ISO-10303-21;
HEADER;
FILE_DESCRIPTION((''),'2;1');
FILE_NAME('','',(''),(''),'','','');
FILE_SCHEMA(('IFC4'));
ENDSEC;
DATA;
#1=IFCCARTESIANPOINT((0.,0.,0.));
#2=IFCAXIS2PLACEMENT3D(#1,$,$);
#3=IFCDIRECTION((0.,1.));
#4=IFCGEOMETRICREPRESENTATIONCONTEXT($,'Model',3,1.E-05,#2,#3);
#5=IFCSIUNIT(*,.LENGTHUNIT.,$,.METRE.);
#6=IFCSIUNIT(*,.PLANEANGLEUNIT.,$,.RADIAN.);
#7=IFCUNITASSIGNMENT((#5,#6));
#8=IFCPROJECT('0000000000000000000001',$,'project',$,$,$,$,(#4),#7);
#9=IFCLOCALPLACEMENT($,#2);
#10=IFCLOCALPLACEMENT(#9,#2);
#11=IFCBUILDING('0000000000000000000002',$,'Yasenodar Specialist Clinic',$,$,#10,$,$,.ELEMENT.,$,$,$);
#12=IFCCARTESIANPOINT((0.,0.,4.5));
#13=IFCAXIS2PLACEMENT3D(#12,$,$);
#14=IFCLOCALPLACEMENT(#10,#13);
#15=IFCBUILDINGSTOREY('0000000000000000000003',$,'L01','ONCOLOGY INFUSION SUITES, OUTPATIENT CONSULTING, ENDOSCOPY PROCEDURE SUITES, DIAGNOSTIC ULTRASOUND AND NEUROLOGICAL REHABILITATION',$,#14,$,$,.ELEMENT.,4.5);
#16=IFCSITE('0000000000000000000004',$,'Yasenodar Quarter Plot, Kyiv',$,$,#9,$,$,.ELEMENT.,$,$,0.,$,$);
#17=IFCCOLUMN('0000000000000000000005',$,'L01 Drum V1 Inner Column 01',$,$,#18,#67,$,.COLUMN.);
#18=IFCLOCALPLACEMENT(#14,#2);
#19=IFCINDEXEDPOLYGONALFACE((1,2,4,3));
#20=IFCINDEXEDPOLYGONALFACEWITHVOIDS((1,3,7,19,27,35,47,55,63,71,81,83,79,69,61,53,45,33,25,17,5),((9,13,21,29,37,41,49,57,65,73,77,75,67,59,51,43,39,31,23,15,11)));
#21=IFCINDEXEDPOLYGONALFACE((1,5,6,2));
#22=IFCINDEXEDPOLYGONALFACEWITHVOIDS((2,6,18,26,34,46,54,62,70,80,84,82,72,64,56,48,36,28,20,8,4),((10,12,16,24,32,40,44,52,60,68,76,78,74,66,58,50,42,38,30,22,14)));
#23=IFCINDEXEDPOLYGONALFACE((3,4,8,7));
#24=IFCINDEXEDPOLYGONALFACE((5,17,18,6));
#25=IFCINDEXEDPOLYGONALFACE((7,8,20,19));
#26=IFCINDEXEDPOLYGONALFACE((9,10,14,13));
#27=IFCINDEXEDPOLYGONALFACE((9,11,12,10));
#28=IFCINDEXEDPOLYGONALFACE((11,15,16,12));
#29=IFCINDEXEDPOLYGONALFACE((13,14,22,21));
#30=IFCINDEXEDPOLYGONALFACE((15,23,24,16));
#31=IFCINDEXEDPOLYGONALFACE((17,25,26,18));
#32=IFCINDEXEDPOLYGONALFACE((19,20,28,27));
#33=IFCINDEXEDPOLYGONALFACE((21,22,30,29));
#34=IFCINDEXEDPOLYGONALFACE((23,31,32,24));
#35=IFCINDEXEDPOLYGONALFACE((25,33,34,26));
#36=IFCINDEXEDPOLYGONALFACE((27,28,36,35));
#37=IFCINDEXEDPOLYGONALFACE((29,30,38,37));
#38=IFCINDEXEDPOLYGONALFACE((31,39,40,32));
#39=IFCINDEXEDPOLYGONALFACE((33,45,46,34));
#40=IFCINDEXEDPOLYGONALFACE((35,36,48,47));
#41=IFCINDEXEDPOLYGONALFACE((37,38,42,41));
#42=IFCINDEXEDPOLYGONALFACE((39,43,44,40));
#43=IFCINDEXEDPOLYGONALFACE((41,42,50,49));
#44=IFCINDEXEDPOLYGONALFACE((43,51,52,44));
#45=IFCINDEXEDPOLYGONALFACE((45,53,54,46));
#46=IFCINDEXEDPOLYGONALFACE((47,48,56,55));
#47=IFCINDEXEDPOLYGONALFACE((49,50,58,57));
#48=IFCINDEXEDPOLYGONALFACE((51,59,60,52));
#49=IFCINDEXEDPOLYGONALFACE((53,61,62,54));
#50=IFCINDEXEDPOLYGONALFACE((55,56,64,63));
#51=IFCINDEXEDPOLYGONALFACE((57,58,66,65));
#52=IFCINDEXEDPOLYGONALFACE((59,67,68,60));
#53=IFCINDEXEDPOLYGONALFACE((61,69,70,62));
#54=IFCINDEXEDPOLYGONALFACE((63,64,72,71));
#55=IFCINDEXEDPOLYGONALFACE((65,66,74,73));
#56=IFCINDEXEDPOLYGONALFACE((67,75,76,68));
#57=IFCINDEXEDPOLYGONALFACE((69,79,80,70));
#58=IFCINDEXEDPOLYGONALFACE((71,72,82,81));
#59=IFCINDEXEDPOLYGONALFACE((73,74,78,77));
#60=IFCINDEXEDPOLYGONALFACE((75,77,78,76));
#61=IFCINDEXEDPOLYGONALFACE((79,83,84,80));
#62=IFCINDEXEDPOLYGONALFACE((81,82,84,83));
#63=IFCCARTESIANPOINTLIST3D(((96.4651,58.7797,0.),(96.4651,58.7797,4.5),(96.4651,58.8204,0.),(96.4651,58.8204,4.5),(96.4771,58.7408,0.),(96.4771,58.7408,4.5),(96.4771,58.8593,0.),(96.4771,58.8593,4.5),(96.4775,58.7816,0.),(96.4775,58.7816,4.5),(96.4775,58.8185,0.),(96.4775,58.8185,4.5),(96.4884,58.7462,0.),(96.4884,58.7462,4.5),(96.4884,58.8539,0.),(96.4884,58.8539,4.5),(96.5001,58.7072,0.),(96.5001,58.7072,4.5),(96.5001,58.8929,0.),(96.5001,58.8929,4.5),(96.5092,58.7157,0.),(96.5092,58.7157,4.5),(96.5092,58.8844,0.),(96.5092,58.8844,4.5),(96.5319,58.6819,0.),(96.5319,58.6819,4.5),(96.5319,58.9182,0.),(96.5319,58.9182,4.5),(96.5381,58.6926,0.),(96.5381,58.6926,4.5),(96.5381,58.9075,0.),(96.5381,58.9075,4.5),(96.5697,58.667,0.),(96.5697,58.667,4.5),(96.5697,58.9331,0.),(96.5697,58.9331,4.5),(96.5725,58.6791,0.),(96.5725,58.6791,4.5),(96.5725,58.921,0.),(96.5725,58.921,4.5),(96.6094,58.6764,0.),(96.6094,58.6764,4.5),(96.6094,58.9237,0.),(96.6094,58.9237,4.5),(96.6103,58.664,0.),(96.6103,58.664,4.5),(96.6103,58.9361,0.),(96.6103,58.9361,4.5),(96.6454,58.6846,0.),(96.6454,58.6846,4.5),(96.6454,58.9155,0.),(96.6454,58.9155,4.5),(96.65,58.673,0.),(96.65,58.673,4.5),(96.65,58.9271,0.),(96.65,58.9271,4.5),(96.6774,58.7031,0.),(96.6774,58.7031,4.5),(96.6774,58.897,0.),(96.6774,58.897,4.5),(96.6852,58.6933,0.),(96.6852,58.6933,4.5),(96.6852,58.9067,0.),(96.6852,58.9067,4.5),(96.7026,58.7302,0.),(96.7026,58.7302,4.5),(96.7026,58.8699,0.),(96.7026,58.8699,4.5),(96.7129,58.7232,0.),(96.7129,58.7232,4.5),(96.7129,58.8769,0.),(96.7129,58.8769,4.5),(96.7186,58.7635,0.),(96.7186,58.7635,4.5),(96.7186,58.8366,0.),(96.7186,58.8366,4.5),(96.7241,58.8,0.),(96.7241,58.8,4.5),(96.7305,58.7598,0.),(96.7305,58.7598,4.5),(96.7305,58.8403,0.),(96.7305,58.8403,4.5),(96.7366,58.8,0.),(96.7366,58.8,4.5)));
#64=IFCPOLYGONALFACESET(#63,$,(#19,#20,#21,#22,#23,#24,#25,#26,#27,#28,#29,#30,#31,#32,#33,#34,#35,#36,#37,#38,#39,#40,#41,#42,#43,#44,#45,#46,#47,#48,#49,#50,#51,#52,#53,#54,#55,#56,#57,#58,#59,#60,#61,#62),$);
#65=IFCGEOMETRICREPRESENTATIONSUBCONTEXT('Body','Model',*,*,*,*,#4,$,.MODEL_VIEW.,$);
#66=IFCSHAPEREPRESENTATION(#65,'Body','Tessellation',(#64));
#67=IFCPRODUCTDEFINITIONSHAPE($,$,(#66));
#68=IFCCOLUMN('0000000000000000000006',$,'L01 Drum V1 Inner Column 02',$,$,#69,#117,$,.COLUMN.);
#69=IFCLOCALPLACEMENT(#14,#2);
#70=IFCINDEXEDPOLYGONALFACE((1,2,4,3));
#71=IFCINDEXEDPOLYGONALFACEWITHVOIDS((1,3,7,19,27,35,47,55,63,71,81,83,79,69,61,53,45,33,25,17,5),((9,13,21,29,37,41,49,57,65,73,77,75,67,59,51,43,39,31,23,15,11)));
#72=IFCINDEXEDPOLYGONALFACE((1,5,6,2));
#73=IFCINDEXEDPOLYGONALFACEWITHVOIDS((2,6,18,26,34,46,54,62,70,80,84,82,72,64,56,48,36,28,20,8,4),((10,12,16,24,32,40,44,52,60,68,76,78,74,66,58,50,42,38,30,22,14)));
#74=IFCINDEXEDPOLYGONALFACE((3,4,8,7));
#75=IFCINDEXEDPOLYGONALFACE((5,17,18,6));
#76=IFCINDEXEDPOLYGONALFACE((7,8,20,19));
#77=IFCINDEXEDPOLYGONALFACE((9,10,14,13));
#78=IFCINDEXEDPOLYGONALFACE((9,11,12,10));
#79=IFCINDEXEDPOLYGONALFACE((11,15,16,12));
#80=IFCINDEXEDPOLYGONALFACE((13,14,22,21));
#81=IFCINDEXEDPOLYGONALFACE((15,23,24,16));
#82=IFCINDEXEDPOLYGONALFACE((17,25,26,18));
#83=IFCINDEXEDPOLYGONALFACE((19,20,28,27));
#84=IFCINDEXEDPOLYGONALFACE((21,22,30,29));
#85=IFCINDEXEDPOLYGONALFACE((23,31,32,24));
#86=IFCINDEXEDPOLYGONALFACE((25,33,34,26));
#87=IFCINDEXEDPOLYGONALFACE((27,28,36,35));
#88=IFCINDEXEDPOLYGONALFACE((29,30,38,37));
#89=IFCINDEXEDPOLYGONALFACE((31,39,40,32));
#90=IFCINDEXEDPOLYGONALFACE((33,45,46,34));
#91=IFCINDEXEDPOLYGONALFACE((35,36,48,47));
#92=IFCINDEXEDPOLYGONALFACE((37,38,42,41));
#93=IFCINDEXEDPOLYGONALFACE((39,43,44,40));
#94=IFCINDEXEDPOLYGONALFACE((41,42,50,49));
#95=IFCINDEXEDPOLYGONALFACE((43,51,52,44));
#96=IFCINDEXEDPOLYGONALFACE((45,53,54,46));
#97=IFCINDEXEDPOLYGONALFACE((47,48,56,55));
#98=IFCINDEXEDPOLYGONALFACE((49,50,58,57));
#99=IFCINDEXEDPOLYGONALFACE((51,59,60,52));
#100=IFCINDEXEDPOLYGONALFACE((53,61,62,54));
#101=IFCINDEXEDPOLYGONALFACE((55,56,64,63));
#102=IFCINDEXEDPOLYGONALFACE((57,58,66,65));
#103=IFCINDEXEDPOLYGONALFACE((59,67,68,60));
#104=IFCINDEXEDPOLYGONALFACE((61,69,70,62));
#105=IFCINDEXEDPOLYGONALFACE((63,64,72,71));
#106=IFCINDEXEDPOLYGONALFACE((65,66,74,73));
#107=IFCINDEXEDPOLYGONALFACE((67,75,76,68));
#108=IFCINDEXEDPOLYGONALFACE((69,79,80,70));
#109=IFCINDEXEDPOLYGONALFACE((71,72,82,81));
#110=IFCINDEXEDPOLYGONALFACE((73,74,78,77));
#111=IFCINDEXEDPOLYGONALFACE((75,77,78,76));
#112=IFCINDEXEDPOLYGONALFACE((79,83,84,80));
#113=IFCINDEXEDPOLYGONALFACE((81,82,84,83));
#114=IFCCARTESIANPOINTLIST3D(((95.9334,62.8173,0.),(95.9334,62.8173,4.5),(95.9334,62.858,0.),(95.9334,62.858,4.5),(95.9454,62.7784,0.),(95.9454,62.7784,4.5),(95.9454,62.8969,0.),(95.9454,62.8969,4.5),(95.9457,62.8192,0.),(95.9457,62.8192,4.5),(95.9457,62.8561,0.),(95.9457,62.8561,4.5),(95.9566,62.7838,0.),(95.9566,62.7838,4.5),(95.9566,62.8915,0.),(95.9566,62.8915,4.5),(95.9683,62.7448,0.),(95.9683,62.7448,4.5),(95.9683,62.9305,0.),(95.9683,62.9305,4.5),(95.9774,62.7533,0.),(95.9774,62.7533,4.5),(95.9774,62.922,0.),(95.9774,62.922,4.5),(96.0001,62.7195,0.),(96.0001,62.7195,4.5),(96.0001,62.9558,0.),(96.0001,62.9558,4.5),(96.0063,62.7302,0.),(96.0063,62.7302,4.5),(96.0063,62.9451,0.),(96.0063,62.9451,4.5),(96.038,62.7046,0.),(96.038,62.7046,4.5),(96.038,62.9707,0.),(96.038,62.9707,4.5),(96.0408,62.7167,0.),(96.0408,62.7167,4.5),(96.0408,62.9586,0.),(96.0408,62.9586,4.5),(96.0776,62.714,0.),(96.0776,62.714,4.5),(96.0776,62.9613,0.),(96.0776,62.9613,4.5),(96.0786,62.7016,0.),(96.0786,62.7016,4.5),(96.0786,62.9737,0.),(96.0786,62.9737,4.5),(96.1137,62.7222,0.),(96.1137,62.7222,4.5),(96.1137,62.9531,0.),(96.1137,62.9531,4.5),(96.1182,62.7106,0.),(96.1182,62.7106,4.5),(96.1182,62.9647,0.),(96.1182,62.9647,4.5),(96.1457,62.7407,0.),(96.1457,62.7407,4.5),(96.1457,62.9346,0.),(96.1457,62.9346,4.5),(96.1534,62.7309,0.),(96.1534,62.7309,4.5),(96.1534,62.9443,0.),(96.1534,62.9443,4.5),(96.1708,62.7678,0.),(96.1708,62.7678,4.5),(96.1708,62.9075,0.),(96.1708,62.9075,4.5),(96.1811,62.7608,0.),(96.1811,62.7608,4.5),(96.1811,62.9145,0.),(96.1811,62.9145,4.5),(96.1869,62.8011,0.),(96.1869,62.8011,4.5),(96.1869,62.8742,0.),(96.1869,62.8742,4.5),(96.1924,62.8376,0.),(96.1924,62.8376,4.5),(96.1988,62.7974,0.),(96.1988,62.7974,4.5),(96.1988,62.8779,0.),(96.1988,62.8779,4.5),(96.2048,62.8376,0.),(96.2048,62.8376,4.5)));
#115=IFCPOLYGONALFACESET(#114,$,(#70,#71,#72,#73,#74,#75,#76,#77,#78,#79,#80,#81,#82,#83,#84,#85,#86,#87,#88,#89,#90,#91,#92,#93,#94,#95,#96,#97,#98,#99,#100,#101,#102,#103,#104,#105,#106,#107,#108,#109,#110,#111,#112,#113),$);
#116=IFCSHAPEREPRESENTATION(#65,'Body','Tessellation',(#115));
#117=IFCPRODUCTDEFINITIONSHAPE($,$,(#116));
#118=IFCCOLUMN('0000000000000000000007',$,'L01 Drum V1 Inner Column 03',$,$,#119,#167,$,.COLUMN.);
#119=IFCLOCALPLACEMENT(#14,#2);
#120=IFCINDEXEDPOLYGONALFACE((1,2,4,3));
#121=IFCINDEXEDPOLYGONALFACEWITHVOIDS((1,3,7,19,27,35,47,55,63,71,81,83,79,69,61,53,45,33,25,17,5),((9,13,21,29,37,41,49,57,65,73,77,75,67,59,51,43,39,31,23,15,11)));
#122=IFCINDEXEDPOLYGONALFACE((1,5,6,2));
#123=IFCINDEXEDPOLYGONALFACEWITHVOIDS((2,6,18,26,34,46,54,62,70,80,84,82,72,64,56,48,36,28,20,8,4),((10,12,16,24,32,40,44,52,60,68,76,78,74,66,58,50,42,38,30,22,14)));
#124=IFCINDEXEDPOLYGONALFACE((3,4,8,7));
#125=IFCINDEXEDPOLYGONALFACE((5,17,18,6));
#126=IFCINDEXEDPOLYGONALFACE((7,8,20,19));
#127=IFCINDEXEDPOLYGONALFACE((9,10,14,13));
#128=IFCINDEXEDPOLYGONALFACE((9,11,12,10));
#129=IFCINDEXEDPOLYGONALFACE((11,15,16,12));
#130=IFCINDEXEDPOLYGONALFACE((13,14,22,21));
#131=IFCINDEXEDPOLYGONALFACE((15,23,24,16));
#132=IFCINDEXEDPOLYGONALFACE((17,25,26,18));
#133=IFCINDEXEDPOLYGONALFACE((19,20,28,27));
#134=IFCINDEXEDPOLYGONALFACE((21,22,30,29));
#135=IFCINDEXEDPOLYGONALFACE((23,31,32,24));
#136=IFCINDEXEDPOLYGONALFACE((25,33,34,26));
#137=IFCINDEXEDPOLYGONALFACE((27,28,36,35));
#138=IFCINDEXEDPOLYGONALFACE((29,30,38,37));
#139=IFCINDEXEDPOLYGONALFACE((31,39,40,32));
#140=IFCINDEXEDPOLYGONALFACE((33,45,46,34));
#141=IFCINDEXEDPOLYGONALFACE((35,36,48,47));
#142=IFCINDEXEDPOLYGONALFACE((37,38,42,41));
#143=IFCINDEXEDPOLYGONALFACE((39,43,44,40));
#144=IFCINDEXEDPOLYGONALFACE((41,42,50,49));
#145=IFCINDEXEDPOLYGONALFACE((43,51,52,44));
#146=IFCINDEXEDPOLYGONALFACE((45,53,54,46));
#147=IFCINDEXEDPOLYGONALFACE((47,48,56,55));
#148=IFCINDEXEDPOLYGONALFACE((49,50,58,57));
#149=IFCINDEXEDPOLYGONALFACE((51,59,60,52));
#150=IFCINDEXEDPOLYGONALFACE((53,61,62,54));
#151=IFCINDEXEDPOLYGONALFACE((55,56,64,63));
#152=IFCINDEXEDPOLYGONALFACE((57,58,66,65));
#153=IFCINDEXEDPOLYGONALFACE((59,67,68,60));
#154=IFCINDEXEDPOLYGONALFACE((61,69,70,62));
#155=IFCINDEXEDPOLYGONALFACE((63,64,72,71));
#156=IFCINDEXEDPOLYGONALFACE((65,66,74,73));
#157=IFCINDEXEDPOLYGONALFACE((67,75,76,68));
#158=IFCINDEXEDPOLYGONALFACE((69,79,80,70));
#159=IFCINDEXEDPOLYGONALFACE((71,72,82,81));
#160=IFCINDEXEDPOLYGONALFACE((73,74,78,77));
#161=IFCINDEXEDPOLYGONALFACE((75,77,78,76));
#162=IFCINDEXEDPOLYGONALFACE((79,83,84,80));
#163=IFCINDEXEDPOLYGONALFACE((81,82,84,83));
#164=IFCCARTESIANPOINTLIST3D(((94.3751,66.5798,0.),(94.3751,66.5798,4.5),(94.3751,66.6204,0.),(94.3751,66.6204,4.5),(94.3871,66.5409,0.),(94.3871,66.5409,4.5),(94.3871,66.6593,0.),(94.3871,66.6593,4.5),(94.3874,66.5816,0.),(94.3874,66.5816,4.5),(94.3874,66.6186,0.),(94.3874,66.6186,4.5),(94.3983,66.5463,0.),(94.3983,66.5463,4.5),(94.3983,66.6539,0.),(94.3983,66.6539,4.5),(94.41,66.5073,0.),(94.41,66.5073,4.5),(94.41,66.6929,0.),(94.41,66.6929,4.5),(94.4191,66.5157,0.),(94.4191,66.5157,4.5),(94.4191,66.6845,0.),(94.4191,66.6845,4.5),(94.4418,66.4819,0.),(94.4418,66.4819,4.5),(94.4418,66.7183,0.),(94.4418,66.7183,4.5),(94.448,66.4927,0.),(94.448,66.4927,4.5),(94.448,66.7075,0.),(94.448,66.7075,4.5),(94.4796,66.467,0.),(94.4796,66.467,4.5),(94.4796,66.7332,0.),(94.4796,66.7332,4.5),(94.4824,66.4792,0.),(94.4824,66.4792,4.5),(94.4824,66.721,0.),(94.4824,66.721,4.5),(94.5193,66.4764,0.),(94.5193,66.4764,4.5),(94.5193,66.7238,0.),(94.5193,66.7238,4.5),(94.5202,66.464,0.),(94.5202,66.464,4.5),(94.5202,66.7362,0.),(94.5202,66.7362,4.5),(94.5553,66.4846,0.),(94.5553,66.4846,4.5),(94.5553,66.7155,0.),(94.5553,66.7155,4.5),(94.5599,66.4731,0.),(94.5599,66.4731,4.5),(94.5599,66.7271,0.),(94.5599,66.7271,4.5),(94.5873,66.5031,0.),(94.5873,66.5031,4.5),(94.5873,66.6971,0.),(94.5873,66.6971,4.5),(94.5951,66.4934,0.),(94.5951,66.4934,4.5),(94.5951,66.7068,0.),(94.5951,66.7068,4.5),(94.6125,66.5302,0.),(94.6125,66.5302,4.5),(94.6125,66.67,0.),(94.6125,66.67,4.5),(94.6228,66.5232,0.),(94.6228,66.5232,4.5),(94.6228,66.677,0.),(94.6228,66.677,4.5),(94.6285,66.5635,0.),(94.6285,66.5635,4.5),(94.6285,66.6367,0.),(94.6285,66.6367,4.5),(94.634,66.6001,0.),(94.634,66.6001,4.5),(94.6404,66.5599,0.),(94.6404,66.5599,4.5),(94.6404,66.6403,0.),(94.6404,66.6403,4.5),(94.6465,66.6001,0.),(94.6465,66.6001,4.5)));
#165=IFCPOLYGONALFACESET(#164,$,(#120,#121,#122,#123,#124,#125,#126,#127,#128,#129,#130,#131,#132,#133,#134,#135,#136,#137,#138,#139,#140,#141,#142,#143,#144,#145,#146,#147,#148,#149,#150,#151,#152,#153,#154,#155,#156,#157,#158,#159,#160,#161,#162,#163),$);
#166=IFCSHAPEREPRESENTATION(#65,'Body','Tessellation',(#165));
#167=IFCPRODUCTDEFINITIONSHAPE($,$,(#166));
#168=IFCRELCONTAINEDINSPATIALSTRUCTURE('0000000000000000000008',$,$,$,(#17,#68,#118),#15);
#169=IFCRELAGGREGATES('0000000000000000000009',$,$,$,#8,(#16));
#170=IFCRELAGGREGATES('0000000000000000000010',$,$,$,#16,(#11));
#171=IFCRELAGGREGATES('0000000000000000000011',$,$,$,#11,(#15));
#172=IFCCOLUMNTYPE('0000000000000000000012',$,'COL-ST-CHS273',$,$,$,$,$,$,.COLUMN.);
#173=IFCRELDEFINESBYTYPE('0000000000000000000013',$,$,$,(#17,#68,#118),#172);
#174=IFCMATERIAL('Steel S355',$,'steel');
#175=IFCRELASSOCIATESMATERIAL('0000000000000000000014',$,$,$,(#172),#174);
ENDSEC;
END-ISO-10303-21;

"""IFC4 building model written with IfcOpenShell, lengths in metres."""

from ifc_helpers import new_model, si_unit, direction, frame, origin, origin_2d, place, context, subcontext, project, spatial, hollow_circle, extrude, material, material_profile, profile_set, type_object, element, save


model = new_model("IFC4")

# Units and contexts
model_context = context("Model", 3, precision=1e-05, world=origin(), true_north=direction((0.0, 1.0)))
body_context = subcontext(model_context, "Body", "Model", "MODEL_VIEW")
ifc_project = project(units=[si_unit("LENGTHUNIT", "METRE"), si_unit("PLANEANGLEUNIT", "RADIAN")], contexts=[model_context])

# Site, building, storey
site_placement = place(None, origin())
site = spatial("IfcSite", under=ifc_project, at=site_placement, Name="Yasenodar Quarter Plot, Kyiv", CompositionType="ELEMENT", RefElevation=0.0)
building_placement = place(site_placement, origin())
building = spatial("IfcBuilding", under=site, at=building_placement, Name="Yasenodar Specialist Clinic", CompositionType="ELEMENT")
storey_placement = place(building_placement, frame((0.0, 0.0, 4.5)))
storey = spatial("IfcBuildingStorey", under=building, at=storey_placement, Name="L01", Description="ONCOLOGY INFUSION SUITES, OUTPATIENT CONSULTING, ENDOSCOPY PROCEDURE SUITES, DIAGNOSTIC ULTRASOUND AND NEUROLOGICAL REHABILITATION", CompositionType="ELEMENT", Elevation=4.5)

# Columns
ifc_material_1 = material(Name="Steel S355", Category="steel")
ifc_material_profile_1 = material_profile(ifc_material_1, hollow_circle(Radius=0.1365, WallThickness=0.0125, at=origin_2d()), Name="CHS 273x12.5")
ifc_profile_set_1 = profile_set([ifc_material_profile_1], Name="Steel S355")
column_type = type_object("IfcColumnType", Name="COL-ST-CHS273", PredefinedType="COLUMN", material=ifc_profile_set_1)
for number, where, z_axis, x_axis, name in (
    (1, (96.6001, 58.8, 0.0), (0.0, 0.0, 1.0), (1.0, 0.0, 0.0), "L01 Drum V1 Inner Column 01"),
    (2, (96.0684, 62.8376, 0.0), (0.0, 0.0, 1.0), (1.0, 0.0, 0.0), "L01 Drum V1 Inner Column 02"),
    (3, (94.51, 66.6001, 0.0), (0.0, 0.0, 1.0), (1.0, 0.0, 0.0), "L01 Drum V1 Inner Column 03"),
):
    element("IfcColumn", number, at=place(storey_placement, frame(where, z_axis=z_axis, x_axis=x_axis)), inside=storey, type_object=column_type, Name=name, PredefinedType="COLUMN", context=body_context, shape_type="SweptSolid", body=[
        extrude(hollow_circle(Radius=0.1365, WallThickness=0.0125, at=origin_2d()), origin(), (0.0, 0.0, 1.0), 4.5),
    ])

save(model, "model.ifc")
